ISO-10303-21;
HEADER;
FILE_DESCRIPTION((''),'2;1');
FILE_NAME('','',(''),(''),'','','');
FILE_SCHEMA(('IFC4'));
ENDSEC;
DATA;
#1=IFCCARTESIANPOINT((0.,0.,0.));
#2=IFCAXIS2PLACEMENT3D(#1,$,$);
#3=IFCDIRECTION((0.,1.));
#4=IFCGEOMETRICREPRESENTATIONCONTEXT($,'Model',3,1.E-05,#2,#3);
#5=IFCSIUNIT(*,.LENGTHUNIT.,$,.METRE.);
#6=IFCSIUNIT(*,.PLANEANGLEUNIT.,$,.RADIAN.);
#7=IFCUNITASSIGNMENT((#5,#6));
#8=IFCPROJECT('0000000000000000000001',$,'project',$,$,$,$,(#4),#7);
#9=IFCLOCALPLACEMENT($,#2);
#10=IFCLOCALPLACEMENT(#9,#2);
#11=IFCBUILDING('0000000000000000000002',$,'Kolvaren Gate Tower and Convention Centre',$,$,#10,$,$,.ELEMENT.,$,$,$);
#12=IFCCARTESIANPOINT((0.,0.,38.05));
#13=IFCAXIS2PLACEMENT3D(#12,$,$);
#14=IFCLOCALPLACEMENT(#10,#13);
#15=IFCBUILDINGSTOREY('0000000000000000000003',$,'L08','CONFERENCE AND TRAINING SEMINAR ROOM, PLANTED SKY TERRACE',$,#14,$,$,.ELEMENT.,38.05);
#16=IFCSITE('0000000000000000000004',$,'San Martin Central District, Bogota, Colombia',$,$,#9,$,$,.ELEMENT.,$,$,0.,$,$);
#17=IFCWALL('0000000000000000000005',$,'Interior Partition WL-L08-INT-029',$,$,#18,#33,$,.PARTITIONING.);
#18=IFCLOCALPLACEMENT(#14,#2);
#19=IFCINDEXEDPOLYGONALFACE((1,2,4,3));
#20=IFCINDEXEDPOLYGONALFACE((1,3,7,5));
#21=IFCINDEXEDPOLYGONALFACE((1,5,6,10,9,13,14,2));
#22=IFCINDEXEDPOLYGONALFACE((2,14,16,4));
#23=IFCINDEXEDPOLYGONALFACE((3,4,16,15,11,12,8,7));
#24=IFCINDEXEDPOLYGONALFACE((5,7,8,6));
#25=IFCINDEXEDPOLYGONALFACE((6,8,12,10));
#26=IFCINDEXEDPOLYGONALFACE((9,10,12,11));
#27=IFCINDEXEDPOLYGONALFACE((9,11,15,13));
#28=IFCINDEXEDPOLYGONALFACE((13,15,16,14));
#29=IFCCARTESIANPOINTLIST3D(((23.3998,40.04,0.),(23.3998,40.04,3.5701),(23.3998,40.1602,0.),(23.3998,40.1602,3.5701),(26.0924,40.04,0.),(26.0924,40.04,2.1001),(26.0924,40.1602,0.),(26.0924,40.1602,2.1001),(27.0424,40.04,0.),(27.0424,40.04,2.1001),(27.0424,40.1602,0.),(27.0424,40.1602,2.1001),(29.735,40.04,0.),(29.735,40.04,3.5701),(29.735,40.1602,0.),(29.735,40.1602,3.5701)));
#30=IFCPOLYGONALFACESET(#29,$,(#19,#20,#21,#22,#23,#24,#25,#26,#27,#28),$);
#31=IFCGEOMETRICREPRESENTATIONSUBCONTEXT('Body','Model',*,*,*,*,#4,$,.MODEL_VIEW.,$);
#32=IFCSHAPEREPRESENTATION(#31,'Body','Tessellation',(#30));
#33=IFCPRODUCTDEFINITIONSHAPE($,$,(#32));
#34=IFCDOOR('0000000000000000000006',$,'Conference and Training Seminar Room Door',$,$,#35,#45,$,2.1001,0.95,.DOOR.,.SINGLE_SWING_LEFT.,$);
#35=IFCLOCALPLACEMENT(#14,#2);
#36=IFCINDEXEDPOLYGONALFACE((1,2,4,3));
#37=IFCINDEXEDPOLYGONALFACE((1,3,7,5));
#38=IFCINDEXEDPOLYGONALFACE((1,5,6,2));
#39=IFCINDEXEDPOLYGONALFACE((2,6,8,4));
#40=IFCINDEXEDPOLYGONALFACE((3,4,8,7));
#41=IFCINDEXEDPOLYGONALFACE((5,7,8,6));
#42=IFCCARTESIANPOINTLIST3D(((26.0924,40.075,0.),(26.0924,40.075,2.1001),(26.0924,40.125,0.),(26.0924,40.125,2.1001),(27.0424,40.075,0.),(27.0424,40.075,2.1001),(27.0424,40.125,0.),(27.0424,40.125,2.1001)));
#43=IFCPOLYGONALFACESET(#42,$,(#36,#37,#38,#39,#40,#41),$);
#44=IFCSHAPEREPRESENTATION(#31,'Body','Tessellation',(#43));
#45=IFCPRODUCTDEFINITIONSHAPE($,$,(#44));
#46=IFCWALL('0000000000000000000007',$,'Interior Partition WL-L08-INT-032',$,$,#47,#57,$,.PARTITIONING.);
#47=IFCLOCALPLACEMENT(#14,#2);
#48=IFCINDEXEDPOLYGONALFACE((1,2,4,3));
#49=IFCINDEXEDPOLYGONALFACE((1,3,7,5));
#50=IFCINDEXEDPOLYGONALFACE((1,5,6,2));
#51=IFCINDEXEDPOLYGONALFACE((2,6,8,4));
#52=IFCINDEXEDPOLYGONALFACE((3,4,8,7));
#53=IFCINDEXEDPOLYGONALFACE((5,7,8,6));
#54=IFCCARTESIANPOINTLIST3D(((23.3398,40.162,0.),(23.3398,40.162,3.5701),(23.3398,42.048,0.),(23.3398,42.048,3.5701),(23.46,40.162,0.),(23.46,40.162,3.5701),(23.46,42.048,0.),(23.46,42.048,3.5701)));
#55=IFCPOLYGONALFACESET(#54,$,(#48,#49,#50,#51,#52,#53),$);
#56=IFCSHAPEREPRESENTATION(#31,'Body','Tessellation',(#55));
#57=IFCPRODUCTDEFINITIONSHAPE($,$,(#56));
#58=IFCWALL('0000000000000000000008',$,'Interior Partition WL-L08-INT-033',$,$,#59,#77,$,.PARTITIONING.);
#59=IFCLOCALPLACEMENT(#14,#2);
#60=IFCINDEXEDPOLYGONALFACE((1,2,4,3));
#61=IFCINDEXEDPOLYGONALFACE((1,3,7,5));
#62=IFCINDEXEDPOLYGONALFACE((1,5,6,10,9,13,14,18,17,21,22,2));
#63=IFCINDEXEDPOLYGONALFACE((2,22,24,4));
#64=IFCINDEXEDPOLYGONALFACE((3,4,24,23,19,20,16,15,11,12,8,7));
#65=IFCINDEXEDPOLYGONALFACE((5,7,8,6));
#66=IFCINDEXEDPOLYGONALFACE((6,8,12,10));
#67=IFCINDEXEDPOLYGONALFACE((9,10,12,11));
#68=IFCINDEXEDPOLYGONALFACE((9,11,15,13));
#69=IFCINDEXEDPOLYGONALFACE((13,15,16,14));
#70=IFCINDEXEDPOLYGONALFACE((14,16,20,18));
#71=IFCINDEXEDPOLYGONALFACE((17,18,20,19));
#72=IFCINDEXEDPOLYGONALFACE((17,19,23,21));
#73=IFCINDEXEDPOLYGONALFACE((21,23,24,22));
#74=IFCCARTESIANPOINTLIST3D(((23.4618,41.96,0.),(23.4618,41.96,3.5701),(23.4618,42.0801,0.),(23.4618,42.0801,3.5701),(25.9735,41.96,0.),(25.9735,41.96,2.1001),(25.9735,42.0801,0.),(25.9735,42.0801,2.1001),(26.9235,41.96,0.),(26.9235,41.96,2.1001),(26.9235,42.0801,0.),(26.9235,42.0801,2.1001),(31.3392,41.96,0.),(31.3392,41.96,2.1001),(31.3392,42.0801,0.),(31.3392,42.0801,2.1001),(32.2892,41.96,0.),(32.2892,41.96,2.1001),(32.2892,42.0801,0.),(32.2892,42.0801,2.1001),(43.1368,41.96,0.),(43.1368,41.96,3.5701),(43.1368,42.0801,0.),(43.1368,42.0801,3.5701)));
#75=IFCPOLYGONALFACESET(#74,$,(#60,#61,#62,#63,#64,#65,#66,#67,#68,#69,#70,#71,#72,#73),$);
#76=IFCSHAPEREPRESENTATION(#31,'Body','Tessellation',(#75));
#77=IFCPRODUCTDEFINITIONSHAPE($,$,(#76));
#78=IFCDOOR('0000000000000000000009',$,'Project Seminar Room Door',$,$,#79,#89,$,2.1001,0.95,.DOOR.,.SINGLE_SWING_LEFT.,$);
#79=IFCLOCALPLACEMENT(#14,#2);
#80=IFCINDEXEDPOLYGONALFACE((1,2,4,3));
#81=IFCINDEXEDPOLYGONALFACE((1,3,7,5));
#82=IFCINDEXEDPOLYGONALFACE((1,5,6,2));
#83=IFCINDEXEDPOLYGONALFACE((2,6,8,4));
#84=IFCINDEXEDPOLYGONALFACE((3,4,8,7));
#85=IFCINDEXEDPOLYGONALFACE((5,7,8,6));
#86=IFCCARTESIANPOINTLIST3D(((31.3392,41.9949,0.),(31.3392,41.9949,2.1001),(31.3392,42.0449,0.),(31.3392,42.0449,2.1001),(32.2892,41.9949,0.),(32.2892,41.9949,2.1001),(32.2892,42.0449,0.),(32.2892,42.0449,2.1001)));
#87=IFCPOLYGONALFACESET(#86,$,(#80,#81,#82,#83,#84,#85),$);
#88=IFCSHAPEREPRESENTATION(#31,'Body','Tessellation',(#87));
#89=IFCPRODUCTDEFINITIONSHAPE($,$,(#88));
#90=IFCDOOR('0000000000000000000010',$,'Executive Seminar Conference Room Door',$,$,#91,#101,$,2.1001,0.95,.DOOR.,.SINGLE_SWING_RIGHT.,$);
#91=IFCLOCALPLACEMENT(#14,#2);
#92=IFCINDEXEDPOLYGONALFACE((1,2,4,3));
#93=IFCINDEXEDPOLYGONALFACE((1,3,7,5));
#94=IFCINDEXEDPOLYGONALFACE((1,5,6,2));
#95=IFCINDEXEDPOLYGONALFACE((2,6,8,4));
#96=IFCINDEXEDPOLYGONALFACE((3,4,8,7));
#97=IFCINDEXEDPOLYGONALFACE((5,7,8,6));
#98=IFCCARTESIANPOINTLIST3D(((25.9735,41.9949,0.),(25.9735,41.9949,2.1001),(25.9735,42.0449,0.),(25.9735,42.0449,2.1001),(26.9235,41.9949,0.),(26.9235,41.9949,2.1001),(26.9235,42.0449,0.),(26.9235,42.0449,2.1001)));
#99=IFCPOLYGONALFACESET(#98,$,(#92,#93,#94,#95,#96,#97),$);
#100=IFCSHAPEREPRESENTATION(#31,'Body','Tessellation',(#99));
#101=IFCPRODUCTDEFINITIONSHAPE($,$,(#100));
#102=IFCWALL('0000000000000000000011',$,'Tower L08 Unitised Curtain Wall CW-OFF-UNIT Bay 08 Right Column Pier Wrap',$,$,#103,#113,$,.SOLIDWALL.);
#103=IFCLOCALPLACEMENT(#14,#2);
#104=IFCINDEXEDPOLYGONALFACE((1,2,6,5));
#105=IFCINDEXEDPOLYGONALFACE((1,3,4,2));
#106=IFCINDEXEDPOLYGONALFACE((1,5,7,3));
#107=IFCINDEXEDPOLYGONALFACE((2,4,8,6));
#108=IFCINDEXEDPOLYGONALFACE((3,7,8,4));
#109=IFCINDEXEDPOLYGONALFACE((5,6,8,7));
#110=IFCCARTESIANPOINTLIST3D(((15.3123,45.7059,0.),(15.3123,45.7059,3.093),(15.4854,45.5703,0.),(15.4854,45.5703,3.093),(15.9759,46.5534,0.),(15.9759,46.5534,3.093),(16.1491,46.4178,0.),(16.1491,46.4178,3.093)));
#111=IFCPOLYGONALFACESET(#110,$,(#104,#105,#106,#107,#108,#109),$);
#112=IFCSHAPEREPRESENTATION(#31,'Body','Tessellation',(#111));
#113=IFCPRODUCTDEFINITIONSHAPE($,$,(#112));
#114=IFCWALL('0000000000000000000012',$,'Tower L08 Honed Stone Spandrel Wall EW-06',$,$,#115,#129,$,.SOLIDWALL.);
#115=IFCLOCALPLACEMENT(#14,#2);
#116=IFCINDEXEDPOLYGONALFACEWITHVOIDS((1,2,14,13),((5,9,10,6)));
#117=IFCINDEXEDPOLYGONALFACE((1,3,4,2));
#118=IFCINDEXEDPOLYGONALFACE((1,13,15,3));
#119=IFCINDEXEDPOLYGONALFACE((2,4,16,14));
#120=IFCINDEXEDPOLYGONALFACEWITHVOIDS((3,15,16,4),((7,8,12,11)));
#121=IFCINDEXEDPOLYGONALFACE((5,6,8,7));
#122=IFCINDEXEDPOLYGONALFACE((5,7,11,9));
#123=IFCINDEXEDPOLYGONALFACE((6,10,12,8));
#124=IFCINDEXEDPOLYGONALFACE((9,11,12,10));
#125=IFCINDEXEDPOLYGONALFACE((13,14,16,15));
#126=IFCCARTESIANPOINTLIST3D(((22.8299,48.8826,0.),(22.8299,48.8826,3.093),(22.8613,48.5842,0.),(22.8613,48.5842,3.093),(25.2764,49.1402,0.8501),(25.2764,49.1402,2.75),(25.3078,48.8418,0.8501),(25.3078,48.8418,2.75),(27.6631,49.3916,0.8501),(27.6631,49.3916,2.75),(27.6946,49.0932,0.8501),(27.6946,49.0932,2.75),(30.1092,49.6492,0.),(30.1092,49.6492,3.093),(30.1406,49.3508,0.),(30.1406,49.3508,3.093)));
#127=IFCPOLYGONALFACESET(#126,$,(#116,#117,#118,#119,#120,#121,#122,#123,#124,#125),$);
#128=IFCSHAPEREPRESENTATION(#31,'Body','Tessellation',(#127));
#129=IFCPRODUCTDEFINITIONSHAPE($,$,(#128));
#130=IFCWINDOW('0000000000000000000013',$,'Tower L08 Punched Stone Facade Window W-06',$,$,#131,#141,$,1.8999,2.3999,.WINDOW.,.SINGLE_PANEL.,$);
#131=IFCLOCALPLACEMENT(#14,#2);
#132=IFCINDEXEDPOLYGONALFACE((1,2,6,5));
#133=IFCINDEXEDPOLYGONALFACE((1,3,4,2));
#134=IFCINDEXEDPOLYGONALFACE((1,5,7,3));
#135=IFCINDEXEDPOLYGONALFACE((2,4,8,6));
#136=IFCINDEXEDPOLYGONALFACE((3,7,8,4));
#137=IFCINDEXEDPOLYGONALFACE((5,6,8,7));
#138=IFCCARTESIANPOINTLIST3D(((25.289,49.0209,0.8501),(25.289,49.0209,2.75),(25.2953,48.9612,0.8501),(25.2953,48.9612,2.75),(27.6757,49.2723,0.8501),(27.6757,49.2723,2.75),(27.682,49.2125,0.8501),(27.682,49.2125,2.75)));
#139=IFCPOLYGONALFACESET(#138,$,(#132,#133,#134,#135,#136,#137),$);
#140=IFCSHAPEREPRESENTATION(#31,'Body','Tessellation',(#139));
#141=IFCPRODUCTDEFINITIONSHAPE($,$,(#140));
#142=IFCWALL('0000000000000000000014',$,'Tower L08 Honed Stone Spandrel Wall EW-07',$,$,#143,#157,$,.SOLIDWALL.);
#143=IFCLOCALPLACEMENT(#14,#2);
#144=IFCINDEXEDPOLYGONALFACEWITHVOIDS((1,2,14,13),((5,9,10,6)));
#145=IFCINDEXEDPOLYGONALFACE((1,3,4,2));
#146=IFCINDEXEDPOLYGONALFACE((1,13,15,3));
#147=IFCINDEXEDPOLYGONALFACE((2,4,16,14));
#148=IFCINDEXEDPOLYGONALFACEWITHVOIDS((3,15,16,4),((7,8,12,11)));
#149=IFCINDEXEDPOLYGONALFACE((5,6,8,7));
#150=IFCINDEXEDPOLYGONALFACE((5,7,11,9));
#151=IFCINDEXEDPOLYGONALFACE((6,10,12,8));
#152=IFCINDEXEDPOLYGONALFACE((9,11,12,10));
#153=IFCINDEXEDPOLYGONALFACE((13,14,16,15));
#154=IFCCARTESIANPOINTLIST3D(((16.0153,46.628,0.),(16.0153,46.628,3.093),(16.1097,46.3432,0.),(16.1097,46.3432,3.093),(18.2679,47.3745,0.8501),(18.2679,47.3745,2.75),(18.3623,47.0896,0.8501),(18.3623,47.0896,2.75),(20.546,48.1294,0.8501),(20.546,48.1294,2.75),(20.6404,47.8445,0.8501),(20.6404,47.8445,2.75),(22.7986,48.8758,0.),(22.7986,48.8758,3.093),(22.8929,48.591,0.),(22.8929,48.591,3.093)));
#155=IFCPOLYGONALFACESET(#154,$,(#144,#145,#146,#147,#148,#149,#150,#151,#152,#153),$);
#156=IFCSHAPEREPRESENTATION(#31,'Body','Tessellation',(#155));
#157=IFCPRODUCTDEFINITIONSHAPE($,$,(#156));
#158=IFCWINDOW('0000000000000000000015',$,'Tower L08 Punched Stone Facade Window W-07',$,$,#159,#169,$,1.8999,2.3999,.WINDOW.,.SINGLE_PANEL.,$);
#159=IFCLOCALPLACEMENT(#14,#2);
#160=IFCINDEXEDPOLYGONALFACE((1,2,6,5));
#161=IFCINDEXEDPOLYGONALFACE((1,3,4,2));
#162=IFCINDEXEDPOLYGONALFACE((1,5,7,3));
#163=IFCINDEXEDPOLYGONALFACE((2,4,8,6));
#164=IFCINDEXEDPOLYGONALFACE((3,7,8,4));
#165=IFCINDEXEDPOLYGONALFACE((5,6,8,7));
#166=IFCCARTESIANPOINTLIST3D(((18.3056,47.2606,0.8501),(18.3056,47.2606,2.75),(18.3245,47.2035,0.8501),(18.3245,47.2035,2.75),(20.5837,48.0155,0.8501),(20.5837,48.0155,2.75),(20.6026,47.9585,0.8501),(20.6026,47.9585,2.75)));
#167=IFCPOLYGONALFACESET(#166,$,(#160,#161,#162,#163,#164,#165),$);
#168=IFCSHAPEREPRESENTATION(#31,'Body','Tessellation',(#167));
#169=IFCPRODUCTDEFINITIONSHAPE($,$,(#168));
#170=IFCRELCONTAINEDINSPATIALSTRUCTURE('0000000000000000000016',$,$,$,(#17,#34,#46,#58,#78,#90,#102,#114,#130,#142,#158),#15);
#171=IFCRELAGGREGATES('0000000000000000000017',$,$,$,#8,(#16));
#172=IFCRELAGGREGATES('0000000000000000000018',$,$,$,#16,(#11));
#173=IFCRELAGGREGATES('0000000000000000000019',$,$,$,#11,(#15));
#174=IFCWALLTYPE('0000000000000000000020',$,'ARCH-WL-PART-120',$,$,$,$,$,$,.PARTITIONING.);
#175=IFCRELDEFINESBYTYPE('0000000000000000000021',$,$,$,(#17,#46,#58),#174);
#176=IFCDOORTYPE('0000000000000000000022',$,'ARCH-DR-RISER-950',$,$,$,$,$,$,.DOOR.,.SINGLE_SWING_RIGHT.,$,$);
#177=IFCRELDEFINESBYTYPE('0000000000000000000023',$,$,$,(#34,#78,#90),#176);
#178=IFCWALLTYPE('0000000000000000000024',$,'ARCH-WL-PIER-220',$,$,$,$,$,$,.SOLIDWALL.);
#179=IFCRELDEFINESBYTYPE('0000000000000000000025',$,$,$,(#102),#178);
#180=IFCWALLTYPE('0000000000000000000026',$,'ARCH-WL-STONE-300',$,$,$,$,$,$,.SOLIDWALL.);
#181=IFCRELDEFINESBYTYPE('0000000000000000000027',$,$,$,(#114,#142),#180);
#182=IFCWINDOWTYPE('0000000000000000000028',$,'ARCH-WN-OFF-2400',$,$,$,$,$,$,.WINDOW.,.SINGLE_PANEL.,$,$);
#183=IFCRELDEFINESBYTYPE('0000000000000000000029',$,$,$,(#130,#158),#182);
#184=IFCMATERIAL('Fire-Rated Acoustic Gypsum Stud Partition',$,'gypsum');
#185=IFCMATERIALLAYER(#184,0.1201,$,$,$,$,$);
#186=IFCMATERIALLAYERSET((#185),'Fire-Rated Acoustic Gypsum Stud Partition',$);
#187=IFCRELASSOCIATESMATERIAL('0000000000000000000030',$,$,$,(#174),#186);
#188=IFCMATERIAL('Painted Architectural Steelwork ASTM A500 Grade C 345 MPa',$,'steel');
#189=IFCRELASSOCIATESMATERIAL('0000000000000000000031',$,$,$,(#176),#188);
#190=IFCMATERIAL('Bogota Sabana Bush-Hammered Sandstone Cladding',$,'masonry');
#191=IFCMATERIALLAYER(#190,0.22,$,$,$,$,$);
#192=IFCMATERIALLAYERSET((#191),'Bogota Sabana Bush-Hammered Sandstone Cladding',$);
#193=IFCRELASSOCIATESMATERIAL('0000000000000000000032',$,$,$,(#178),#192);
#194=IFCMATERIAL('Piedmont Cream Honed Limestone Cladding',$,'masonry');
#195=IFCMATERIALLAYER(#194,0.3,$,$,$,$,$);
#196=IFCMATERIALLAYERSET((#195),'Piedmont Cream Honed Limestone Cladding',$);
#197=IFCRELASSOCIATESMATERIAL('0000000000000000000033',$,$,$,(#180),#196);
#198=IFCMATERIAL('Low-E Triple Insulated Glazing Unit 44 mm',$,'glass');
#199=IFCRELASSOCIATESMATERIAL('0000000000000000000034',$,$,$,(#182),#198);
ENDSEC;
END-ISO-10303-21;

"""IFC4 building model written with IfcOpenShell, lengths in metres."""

from ifc_helpers import new_model, si_unit, direction, frame, frame_2d, origin, place, context, subcontext, project, spatial, rectangle, extrude, material, layer, layer_set, type_object, element, fill, save


model = new_model("IFC4")

# Units and contexts
model_context = context("Model", 3, precision=1e-05, world=origin(), true_north=direction((0.0, 1.0)))
body_context = subcontext(model_context, "Body", "Model", "MODEL_VIEW")
ifc_project = project(units=[si_unit("LENGTHUNIT", "METRE"), si_unit("PLANEANGLEUNIT", "RADIAN")], contexts=[model_context])

# Site, building, storey
site_placement = place(None, origin())
site = spatial("IfcSite", under=ifc_project, at=site_placement, Name="San Martin Central District, Bogota, Colombia", CompositionType="ELEMENT", RefElevation=0.0)
building_placement = place(site_placement, origin())
building = spatial("IfcBuilding", under=site, at=building_placement, Name="Kolvaren Gate Tower and Convention Centre", CompositionType="ELEMENT")
storey_placement = place(building_placement, frame((0.0, 0.0, 38.05)))
storey = spatial("IfcBuildingStorey", under=building, at=storey_placement, Name="L08", Description="CONFERENCE AND TRAINING SEMINAR ROOM, PLANTED SKY TERRACE", CompositionType="ELEMENT", Elevation=38.05)

# Shared definitions
ifc_material_1 = material(Name="Low-E Triple Insulated Glazing Unit 44 mm", Category="glass")

# Wall, opening, door
ifc_material_2 = material(Name="Fire-Rated Acoustic Gypsum Stud Partition", Category="gypsum")
ifc_layer_1 = layer(ifc_material_2, 0.1201)
ifc_layer_set_1 = layer_set([ifc_layer_1], Name="Fire-Rated Acoustic Gypsum Stud Partition")
wall_type_1 = type_object("IfcWallType", Name="ARCH-WL-PART-120", PredefinedType="PARTITIONING", material=ifc_layer_set_1)
wall_1_placement = place(storey_placement, frame((23.3999, 40.1001, 0.0), z_axis=(0.0, 0.0, 1.0), x_axis=(1.0, 0.0, 0.0)))
wall_1 = element("IfcWall", 1, at=wall_1_placement, inside=storey, type_object=wall_type_1, Name="Interior Partition WL-L08-INT-029", PredefinedType="PARTITIONING", context=body_context, shape_type="SweptSolid", body=[
    extrude(rectangle(XDim=6.3352, YDim=0.1201, at=frame_2d((3.1675, 0.0))), origin(), (0.0, 0.0, 1.0), 3.5701),
])
opening_1_placement = place(wall_1_placement, frame((2.6924, 0.0, 0.0)))
opening_1 = element("IfcOpeningElement", 2, at=opening_1_placement, cuts=wall_1, PredefinedType="OPENING", context=body_context, shape_type="SweptSolid", body=[
    extrude(rectangle(XDim=0.95, YDim=2.1001, at=frame_2d((0.4751, 1.05))), frame((0.0, 0.0701, 0.0), z_axis=(0.0, -1.0, 0.0), x_axis=(1.0, 0.0, 0.0)), (0.0, 0.0, 1.0), 0.1401),
])
ifc_material_3 = material(Name="Painted Architectural Steelwork ASTM A500 Grade C 345 MPa", Category="steel")
door_type = type_object("IfcDoorType", Name="ARCH-DR-RISER-950", OperationType="SINGLE_SWING_RIGHT", PredefinedType="DOOR", material=ifc_material_3)
door_1_placement = place(opening_1_placement, origin())
door_1 = element("IfcDoor", 3, at=door_1_placement, inside=storey, type_object=door_type, Name="Conference and Training Seminar Room Door", OperationType="SINGLE_SWING_LEFT", OverallHeight=2.1001, OverallWidth=0.95, PredefinedType="DOOR", context=body_context, shape_type="SweptSolid", body=[
    extrude(rectangle(XDim=0.95, YDim=2.1001, at=frame_2d((0.4751, 1.05))), frame((0.0, 0.0249, 0.0), z_axis=(0.0, -1.0, 0.0), x_axis=(1.0, 0.0, 0.0)), (0.0, 0.0, 1.0), 0.05),
])
fill(opening_1, door_1)

# Wall
wall_2_placement = place(storey_placement, frame((23.3999, 40.1621, 0.0), z_axis=(0.0, 0.0, 1.0), x_axis=(0.0, 1.0, 0.0)))
element("IfcWall", 4, at=wall_2_placement, inside=storey, type_object=wall_type_1, Name="Interior Partition WL-L08-INT-032", PredefinedType="PARTITIONING", context=body_context, shape_type="SweptSolid", body=[
    extrude(rectangle(XDim=1.886, YDim=0.1201, at=frame_2d((0.9429, 0.0))), origin(), (0.0, 0.0, 1.0), 3.5701),
])

# Wall, openings, doors
wall_3_placement = place(storey_placement, frame((23.4619, 42.02, 0.0), z_axis=(0.0, 0.0, 1.0), x_axis=(1.0, 0.0, 0.0)))
wall_3 = element("IfcWall", 5, at=wall_3_placement, inside=storey, type_object=wall_type_1, Name="Interior Partition WL-L08-INT-033", PredefinedType="PARTITIONING", context=body_context, shape_type="SweptSolid", body=[
    extrude(rectangle(XDim=19.675, YDim=0.1201, at=frame_2d((9.8374, 0.0))), origin(), (0.0, 0.0, 1.0), 3.5701),
])
opening_2_placement = place(wall_3_placement, frame((7.8772, 0.0, 0.0)))
opening_2 = element("IfcOpeningElement", 6, at=opening_2_placement, cuts=wall_3, PredefinedType="OPENING", context=body_context, shape_type="SweptSolid", body=[
    extrude(rectangle(XDim=0.95, YDim=2.1001, at=frame_2d((0.4751, 1.05))), frame((0.0, 0.0701, 0.0), z_axis=(0.0, -1.0, 0.0), x_axis=(1.0, 0.0, 0.0)), (0.0, 0.0, 1.0), 0.1401),
])
opening_3_placement = place(wall_3_placement, frame((2.5115, 0.0, 0.0)))
opening_3 = element("IfcOpeningElement", 7, at=opening_3_placement, cuts=wall_3, PredefinedType="OPENING", context=body_context, shape_type="SweptSolid", body=[
    extrude(rectangle(XDim=0.95, YDim=2.1001, at=frame_2d((0.4751, 1.05))), frame((0.0, 0.0701, 0.0), z_axis=(0.0, -1.0, 0.0), x_axis=(1.0, 0.0, 0.0)), (0.0, 0.0, 1.0), 0.1401),
])
door_2_placement = place(opening_2_placement, origin())
door_2 = element("IfcDoor", 8, at=door_2_placement, inside=storey, type_object=door_type, Name="Project Seminar Room Door", OperationType="SINGLE_SWING_LEFT", OverallHeight=2.1001, OverallWidth=0.95, PredefinedType="DOOR", context=body_context, shape_type="SweptSolid", body=[
    extrude(rectangle(XDim=0.95, YDim=2.1001, at=frame_2d((0.4751, 1.05))), frame((0.0, 0.0249, 0.0), z_axis=(0.0, -1.0, 0.0), x_axis=(1.0, 0.0, 0.0)), (0.0, 0.0, 1.0), 0.05),
])
fill(opening_2, door_2)
door_3_placement = place(opening_3_placement, origin())
door_3 = element("IfcDoor", 9, at=door_3_placement, inside=storey, type_object=door_type, Name="Executive Seminar Conference Room Door", OperationType="SINGLE_SWING_RIGHT", OverallHeight=2.1001, OverallWidth=0.95, PredefinedType="DOOR", context=body_context, shape_type="SweptSolid", body=[
    extrude(rectangle(XDim=0.95, YDim=2.1001, at=frame_2d((0.4751, 1.05))), frame((0.0, 0.0249, 0.0), z_axis=(0.0, -1.0, 0.0), x_axis=(1.0, 0.0, 0.0)), (0.0, 0.0, 1.0), 0.05),
])
fill(opening_3, door_3)

# Wall
ifc_material_4 = material(Name="Bogota Sabana Bush-Hammered Sandstone Cladding", Category="masonry")
ifc_layer_2 = layer(ifc_material_4, 0.22)
ifc_layer_set_2 = layer_set([ifc_layer_2], Name="Bogota Sabana Bush-Hammered Sandstone Cladding")
wall_type_2 = type_object("IfcWallType", Name="ARCH-WL-PIER-220", PredefinedType="SOLIDWALL", material=ifc_layer_set_2)
wall_4_placement = place(storey_placement, frame((15.3989, 45.6382, 0.0), z_axis=(0.0, 0.0, 1.0), x_axis=(0.616528, 0.787333, 0.0)))
element("IfcWall", 10, at=wall_4_placement, inside=storey, type_object=wall_type_2, Name="Tower L08 Unitised Curtain Wall CW-OFF-UNIT Bay 08 Right Column Pier Wrap", PredefinedType="SOLIDWALL", context=body_context, shape_type="SweptSolid", body=[
    extrude(rectangle(XDim=1.0764, YDim=0.22, at=frame_2d((0.5381, 0.0))), origin(), (0.0, 0.0, 1.0), 3.093),
])

# Walls, openings, windows
ifc_material_5 = material(Name="Piedmont Cream Honed Limestone Cladding", Category="masonry")
ifc_layer_3 = layer(ifc_material_5, 0.3)
ifc_layer_set_3 = layer_set([ifc_layer_3], Name="Piedmont Cream Honed Limestone Cladding")
wall_type_3 = type_object("IfcWallType", Name="ARCH-WL-STONE-300", PredefinedType="SOLIDWALL", material=ifc_layer_set_3)
wall_5_placement = place(storey_placement, frame((22.8457, 48.7334, 0.0), z_axis=(0.0, 0.0, 1.0), x_axis=(0.9945, 0.104733, 0.0)))
wall_5 = element("IfcWall", 11, at=wall_5_placement, inside=storey, type_object=wall_type_3, Name="Tower L08 Honed Stone Spandrel Wall EW-06", PredefinedType="SOLIDWALL", context=body_context, shape_type="SweptSolid", body=[
    extrude(rectangle(XDim=7.3196, YDim=0.3, at=frame_2d((3.6597, 0.0))), origin(), (0.0, 0.0, 1.0), 3.093),
])
opening_4_placement = place(wall_5_placement, frame((2.46, 0.0, 0.8501)))
opening_4 = element("IfcOpeningElement", 12, at=opening_4_placement, cuts=wall_5, PredefinedType="OPENING", context=body_context, shape_type="SweptSolid", body=[
    extrude(rectangle(XDim=2.3999, YDim=1.8999, at=frame_2d((1.2, 0.95))), frame((0.0, 0.1599, 0.0), z_axis=(0.0, -1.0, 0.0), x_axis=(1.0, 0.0, 0.0)), (0.0, 0.0, 1.0), 0.3201),
])
window_type = type_object("IfcWindowType", Name="ARCH-WN-OFF-2400", PartitioningType="SINGLE_PANEL", PredefinedType="WINDOW", material=ifc_material_1)
window_1_placement = place(opening_4_placement, origin())
window_1 = element("IfcWindow", 13, at=window_1_placement, inside=storey, type_object=window_type, Name="Tower L08 Punched Stone Facade Window W-06", OverallHeight=1.8999, OverallWidth=2.3999, PartitioningType="SINGLE_PANEL", PredefinedType="WINDOW", context=body_context, shape_type="SweptSolid", body=[
    extrude(rectangle(XDim=2.3999, YDim=1.8999, at=frame_2d((1.2, 0.95))), frame((0.0, 0.03, 0.0), z_axis=(0.0, -1.0, 0.0), x_axis=(1.0, 0.0, 0.0)), (0.0, 0.0, 1.0), 0.0601),
])
fill(opening_4, window_1)
wall_6_placement = place(storey_placement, frame((16.0625, 46.4856, 0.0), z_axis=(0.0, 0.0, 1.0), x_axis=(0.949239, 0.314557, 0.0)))
wall_6 = element("IfcWall", 14, at=wall_6_placement, inside=storey, type_object=wall_type_3, Name="Tower L08 Honed Stone Spandrel Wall EW-07", PredefinedType="SOLIDWALL", context=body_context, shape_type="SweptSolid", body=[
    extrude(rectangle(XDim=7.146, YDim=0.3, at=frame_2d((3.573, 0.0))), origin(), (0.0, 0.0, 1.0), 3.093),
])
opening_5_placement = place(wall_6_placement, frame((2.373, 0.0, 0.8501)))
opening_5 = element("IfcOpeningElement", 15, at=opening_5_placement, cuts=wall_6, PredefinedType="OPENING", context=body_context, shape_type="SweptSolid", body=[
    extrude(rectangle(XDim=2.3999, YDim=1.8999, at=frame_2d((1.2, 0.95))), frame((0.0, 0.1599, 0.0), z_axis=(0.0, -1.0, 0.0), x_axis=(1.0, 0.0, 0.0)), (0.0, 0.0, 1.0), 0.3201),
])
window_2_placement = place(opening_5_placement, origin())
window_2 = element("IfcWindow", 16, at=window_2_placement, inside=storey, type_object=window_type, Name="Tower L08 Punched Stone Facade Window W-07", OverallHeight=1.8999, OverallWidth=2.3999, PartitioningType="SINGLE_PANEL", PredefinedType="WINDOW", context=body_context, shape_type="SweptSolid", body=[
    extrude(rectangle(XDim=2.3999, YDim=1.8999, at=frame_2d((1.2, 0.95))), frame((0.0, 0.03, 0.0), z_axis=(0.0, -1.0, 0.0), x_axis=(1.0, 0.0, 0.0)), (0.0, 0.0, 1.0), 0.0601),
])
fill(opening_5, window_2)

save(model, "model.ifc")
